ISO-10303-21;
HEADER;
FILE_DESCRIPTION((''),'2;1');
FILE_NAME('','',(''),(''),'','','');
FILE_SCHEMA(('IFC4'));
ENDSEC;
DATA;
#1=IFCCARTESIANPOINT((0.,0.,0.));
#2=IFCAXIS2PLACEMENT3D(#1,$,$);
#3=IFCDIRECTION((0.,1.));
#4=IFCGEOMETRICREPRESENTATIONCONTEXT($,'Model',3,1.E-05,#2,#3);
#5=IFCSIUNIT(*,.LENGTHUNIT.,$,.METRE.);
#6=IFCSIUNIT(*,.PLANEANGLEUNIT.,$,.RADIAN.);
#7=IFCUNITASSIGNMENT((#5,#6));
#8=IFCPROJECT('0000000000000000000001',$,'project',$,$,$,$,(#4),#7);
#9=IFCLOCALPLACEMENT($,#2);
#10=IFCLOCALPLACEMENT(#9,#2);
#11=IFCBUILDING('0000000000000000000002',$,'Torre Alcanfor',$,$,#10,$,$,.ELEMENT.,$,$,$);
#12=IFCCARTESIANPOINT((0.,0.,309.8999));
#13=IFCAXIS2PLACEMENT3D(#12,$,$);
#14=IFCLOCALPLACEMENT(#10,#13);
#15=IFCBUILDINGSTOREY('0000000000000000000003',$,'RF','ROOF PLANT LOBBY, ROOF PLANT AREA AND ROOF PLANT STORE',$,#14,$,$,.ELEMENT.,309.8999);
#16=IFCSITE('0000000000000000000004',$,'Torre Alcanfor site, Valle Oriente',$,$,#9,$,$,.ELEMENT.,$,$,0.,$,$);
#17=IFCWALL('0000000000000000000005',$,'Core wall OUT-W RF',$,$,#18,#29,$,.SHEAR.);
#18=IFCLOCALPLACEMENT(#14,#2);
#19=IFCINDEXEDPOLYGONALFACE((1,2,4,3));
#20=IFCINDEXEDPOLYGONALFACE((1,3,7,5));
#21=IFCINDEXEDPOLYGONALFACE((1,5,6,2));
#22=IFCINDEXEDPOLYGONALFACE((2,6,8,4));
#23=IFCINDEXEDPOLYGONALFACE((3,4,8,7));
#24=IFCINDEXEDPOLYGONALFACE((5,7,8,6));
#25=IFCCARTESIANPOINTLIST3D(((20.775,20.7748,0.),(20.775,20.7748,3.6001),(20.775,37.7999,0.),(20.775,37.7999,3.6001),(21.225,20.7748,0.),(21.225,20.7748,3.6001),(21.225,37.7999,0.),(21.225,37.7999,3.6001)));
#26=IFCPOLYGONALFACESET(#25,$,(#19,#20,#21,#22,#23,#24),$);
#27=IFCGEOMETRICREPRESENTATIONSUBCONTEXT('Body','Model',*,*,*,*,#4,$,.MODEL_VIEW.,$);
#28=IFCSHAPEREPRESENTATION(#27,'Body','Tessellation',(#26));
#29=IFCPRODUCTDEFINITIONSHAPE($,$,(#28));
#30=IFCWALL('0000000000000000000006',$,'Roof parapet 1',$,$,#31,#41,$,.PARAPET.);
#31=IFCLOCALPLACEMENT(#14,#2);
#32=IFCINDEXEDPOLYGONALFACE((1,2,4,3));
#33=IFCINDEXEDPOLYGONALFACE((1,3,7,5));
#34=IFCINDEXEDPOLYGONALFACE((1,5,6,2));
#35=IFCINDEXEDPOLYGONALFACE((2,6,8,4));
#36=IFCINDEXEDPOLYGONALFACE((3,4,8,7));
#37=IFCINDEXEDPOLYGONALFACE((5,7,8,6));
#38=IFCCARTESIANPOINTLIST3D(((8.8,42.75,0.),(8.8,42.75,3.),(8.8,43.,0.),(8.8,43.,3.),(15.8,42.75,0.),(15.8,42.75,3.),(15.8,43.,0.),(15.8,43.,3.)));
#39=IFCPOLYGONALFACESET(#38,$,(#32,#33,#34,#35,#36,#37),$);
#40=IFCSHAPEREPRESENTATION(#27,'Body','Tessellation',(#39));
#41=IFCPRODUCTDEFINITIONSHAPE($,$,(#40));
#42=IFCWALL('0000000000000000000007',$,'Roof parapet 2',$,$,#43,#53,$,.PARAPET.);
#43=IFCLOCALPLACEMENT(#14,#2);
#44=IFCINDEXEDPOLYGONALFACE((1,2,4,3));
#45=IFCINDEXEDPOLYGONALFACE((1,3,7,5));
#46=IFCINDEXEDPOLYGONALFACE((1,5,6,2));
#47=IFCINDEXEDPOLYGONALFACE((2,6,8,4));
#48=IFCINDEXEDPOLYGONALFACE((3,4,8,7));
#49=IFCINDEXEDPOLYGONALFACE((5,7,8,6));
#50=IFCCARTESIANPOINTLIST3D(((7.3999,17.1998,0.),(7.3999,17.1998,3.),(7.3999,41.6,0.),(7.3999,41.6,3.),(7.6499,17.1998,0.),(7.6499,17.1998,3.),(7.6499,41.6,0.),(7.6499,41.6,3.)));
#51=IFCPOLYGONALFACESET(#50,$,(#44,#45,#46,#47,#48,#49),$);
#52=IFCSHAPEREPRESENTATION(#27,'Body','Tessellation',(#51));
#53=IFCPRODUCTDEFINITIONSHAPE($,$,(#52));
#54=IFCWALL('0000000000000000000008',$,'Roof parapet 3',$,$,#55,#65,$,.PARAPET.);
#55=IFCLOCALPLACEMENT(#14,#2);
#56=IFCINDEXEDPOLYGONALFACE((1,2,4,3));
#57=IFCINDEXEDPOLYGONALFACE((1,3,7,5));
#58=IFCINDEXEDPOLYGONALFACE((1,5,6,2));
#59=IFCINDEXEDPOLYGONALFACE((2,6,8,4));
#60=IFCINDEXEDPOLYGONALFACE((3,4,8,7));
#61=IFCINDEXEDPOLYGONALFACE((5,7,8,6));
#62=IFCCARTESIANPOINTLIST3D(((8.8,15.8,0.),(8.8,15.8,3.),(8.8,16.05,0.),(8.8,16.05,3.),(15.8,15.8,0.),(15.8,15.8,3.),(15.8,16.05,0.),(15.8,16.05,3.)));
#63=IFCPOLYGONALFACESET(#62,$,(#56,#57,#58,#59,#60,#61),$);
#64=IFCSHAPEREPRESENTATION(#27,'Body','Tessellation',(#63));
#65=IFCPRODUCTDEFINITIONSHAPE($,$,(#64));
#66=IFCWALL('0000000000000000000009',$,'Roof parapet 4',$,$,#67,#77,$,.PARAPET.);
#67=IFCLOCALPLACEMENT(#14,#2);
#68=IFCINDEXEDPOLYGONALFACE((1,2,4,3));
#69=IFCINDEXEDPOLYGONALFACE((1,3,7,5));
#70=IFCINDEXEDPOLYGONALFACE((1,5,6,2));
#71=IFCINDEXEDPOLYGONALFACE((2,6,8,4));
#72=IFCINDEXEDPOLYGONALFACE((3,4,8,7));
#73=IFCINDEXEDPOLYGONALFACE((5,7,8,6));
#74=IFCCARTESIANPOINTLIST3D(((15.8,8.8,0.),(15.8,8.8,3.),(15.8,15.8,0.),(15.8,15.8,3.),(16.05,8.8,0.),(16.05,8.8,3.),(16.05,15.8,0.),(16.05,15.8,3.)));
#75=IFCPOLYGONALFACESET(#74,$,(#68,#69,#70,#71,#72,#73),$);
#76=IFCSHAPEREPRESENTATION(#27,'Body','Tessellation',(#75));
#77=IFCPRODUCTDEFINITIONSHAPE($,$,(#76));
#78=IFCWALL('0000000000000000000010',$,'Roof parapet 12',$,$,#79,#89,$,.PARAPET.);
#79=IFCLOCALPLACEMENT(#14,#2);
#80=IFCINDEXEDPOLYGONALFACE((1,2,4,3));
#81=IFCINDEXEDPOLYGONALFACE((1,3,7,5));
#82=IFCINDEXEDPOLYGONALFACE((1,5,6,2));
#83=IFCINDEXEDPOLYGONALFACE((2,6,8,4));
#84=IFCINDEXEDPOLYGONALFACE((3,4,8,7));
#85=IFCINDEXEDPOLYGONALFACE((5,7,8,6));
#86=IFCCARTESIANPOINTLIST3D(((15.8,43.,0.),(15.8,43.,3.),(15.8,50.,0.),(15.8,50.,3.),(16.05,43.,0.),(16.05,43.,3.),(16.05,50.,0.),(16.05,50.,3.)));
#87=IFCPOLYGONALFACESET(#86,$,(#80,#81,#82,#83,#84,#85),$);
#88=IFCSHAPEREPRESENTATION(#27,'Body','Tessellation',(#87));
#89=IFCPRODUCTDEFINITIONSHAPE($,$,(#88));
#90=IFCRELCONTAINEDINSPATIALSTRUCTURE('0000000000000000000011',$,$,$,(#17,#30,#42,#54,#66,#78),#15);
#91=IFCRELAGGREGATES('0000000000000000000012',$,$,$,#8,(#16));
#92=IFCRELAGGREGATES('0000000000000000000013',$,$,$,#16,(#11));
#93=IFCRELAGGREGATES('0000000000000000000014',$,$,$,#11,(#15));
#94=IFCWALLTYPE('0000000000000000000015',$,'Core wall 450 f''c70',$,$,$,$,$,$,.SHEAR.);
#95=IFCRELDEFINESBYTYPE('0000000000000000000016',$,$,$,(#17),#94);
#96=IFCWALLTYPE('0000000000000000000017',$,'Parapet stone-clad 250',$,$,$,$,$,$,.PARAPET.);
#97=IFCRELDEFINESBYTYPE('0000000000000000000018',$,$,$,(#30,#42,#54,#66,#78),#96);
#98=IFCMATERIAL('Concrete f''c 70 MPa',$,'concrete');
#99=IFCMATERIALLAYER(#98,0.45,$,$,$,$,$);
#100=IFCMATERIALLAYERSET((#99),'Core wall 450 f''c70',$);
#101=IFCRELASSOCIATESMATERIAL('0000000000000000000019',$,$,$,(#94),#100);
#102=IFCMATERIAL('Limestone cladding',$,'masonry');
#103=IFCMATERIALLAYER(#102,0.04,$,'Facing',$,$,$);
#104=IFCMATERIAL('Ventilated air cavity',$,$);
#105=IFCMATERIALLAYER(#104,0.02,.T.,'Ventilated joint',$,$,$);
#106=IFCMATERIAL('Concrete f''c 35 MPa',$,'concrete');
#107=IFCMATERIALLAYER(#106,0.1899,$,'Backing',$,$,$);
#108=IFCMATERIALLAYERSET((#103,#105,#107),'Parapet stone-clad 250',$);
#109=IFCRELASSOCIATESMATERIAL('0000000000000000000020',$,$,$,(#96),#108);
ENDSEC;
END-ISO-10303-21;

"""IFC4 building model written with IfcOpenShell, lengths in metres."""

from ifc_helpers import new_model, si_unit, direction, frame, frame_2d, origin, place, context, subcontext, project, spatial, rectangle, extrude, material, layer, layer_set, type_object, element, save


model = new_model("IFC4")

# Units and contexts
model_context = context("Model", 3, precision=1e-05, world=origin(), true_north=direction((0.0, 1.0)))
body_context = subcontext(model_context, "Body", "Model", "MODEL_VIEW")
ifc_project = project(units=[si_unit("LENGTHUNIT", "METRE"), si_unit("PLANEANGLEUNIT", "RADIAN")], contexts=[model_context])

# Site, building, storey
site_placement = place(None, origin())
site = spatial("IfcSite", under=ifc_project, at=site_placement, Name="Torre Alcanfor site, Valle Oriente", CompositionType="ELEMENT", RefElevation=0.0)
building_placement = place(site_placement, origin())
building = spatial("IfcBuilding", under=site, at=building_placement, Name="Torre Alcanfor", CompositionType="ELEMENT")
storey_placement = place(building_placement, frame((0.0, 0.0, 309.8999)))
storey = spatial("IfcBuildingStorey", under=building, at=storey_placement, Name="RF", Description="ROOF PLANT LOBBY, ROOF PLANT AREA AND ROOF PLANT STORE", CompositionType="ELEMENT", Elevation=309.8999)

# Walls
ifc_material_1 = material(Name="Concrete f'c 70 MPa", Category="concrete")
ifc_layer_1 = layer(ifc_material_1, 0.45)
ifc_layer_set_1 = layer_set([ifc_layer_1], Name="Core wall 450 f'c70")
wall_type_1 = type_object("IfcWallType", Name="Core wall 450 f'c70", PredefinedType="SHEAR", material=ifc_layer_set_1)
wall_1_placement = place(storey_placement, frame((21.0, 37.8, 0.0), z_axis=(0.0, 0.0, 1.0), x_axis=(0.0, -1.0, 0.0)))
element("IfcWall", 1, at=wall_1_placement, inside=storey, type_object=wall_type_1, Name="Core wall OUT-W RF", PredefinedType="SHEAR", context=body_context, shape_type="SweptSolid", body=[
    extrude(rectangle(XDim=17.0251, YDim=0.45, at=frame_2d((8.5127, 0.0))), origin(), (0.0, 0.0, 1.0), 3.6001),
])
ifc_material_2 = material(Name="Limestone cladding", Category="masonry")
ifc_layer_2 = layer(ifc_material_2, 0.04, Name="Facing")
ifc_material_3 = material(Name="Ventilated air cavity")
ifc_layer_3 = layer(ifc_material_3, 0.02, ventilated=True, Name="Ventilated joint")
ifc_material_4 = material(Name="Concrete f'c 35 MPa", Category="concrete")
ifc_layer_4 = layer(ifc_material_4, 0.1899, Name="Backing")
ifc_layer_set_2 = layer_set([ifc_layer_2, ifc_layer_3, ifc_layer_4], Name="Parapet stone-clad 250")
wall_type_2 = type_object("IfcWallType", Name="Parapet stone-clad 250", PredefinedType="PARAPET", material=ifc_layer_set_2)
wall_2_placement = place(storey_placement, frame((15.8, 42.875, 0.0), z_axis=(0.0, 0.0, 1.0), x_axis=(-1.0, 0.0, 0.0)))
element("IfcWall", 2, at=wall_2_placement, inside=storey, type_object=wall_type_2, Name="Roof parapet 1", PredefinedType="PARAPET", context=body_context, shape_type="SweptSolid", body=[
    extrude(rectangle(XDim=7.0, YDim=0.25, at=frame_2d((3.5, 0.0))), origin(), (0.0, 0.0, 1.0), 3.0),
])
wall_3_placement = place(storey_placement, frame((7.5249, 41.6001, 0.0), z_axis=(0.0, 0.0, 1.0), x_axis=(0.0, -1.0, 0.0)))
element("IfcWall", 3, at=wall_3_placement, inside=storey, type_object=wall_type_2, Name="Roof parapet 2", PredefinedType="PARAPET", context=body_context, shape_type="SweptSolid", body=[
    extrude(rectangle(XDim=24.4001, YDim=0.25, at=frame_2d((12.2002, 0.0))), origin(), (0.0, 0.0, 1.0), 3.0),
])
for number, where, z_axis, x_axis, name in (
    (4, (8.8, 15.925, 0.0), (0.0, 0.0, 1.0), (1.0, 0.0, 0.0), "Roof parapet 3"),
    (5, (15.925, 15.8, 0.0), (0.0, 0.0, 1.0), (0.0, -1.0, 0.0), "Roof parapet 4"),
    (6, (15.925, 50.0, 0.0), (0.0, 0.0, 1.0), (0.0, -1.0, 0.0), "Roof parapet 12"),
):
    element("IfcWall", number, at=place(storey_placement, frame(where, z_axis=z_axis, x_axis=x_axis)), inside=storey, type_object=wall_type_2, Name=name, PredefinedType="PARAPET", context=body_context, shape_type="SweptSolid", body=[
        extrude(rectangle(XDim=7.0, YDim=0.25, at=frame_2d((3.5, 0.0))), origin(), (0.0, 0.0, 1.0), 3.0),
    ])

save(model, "model.ifc")
